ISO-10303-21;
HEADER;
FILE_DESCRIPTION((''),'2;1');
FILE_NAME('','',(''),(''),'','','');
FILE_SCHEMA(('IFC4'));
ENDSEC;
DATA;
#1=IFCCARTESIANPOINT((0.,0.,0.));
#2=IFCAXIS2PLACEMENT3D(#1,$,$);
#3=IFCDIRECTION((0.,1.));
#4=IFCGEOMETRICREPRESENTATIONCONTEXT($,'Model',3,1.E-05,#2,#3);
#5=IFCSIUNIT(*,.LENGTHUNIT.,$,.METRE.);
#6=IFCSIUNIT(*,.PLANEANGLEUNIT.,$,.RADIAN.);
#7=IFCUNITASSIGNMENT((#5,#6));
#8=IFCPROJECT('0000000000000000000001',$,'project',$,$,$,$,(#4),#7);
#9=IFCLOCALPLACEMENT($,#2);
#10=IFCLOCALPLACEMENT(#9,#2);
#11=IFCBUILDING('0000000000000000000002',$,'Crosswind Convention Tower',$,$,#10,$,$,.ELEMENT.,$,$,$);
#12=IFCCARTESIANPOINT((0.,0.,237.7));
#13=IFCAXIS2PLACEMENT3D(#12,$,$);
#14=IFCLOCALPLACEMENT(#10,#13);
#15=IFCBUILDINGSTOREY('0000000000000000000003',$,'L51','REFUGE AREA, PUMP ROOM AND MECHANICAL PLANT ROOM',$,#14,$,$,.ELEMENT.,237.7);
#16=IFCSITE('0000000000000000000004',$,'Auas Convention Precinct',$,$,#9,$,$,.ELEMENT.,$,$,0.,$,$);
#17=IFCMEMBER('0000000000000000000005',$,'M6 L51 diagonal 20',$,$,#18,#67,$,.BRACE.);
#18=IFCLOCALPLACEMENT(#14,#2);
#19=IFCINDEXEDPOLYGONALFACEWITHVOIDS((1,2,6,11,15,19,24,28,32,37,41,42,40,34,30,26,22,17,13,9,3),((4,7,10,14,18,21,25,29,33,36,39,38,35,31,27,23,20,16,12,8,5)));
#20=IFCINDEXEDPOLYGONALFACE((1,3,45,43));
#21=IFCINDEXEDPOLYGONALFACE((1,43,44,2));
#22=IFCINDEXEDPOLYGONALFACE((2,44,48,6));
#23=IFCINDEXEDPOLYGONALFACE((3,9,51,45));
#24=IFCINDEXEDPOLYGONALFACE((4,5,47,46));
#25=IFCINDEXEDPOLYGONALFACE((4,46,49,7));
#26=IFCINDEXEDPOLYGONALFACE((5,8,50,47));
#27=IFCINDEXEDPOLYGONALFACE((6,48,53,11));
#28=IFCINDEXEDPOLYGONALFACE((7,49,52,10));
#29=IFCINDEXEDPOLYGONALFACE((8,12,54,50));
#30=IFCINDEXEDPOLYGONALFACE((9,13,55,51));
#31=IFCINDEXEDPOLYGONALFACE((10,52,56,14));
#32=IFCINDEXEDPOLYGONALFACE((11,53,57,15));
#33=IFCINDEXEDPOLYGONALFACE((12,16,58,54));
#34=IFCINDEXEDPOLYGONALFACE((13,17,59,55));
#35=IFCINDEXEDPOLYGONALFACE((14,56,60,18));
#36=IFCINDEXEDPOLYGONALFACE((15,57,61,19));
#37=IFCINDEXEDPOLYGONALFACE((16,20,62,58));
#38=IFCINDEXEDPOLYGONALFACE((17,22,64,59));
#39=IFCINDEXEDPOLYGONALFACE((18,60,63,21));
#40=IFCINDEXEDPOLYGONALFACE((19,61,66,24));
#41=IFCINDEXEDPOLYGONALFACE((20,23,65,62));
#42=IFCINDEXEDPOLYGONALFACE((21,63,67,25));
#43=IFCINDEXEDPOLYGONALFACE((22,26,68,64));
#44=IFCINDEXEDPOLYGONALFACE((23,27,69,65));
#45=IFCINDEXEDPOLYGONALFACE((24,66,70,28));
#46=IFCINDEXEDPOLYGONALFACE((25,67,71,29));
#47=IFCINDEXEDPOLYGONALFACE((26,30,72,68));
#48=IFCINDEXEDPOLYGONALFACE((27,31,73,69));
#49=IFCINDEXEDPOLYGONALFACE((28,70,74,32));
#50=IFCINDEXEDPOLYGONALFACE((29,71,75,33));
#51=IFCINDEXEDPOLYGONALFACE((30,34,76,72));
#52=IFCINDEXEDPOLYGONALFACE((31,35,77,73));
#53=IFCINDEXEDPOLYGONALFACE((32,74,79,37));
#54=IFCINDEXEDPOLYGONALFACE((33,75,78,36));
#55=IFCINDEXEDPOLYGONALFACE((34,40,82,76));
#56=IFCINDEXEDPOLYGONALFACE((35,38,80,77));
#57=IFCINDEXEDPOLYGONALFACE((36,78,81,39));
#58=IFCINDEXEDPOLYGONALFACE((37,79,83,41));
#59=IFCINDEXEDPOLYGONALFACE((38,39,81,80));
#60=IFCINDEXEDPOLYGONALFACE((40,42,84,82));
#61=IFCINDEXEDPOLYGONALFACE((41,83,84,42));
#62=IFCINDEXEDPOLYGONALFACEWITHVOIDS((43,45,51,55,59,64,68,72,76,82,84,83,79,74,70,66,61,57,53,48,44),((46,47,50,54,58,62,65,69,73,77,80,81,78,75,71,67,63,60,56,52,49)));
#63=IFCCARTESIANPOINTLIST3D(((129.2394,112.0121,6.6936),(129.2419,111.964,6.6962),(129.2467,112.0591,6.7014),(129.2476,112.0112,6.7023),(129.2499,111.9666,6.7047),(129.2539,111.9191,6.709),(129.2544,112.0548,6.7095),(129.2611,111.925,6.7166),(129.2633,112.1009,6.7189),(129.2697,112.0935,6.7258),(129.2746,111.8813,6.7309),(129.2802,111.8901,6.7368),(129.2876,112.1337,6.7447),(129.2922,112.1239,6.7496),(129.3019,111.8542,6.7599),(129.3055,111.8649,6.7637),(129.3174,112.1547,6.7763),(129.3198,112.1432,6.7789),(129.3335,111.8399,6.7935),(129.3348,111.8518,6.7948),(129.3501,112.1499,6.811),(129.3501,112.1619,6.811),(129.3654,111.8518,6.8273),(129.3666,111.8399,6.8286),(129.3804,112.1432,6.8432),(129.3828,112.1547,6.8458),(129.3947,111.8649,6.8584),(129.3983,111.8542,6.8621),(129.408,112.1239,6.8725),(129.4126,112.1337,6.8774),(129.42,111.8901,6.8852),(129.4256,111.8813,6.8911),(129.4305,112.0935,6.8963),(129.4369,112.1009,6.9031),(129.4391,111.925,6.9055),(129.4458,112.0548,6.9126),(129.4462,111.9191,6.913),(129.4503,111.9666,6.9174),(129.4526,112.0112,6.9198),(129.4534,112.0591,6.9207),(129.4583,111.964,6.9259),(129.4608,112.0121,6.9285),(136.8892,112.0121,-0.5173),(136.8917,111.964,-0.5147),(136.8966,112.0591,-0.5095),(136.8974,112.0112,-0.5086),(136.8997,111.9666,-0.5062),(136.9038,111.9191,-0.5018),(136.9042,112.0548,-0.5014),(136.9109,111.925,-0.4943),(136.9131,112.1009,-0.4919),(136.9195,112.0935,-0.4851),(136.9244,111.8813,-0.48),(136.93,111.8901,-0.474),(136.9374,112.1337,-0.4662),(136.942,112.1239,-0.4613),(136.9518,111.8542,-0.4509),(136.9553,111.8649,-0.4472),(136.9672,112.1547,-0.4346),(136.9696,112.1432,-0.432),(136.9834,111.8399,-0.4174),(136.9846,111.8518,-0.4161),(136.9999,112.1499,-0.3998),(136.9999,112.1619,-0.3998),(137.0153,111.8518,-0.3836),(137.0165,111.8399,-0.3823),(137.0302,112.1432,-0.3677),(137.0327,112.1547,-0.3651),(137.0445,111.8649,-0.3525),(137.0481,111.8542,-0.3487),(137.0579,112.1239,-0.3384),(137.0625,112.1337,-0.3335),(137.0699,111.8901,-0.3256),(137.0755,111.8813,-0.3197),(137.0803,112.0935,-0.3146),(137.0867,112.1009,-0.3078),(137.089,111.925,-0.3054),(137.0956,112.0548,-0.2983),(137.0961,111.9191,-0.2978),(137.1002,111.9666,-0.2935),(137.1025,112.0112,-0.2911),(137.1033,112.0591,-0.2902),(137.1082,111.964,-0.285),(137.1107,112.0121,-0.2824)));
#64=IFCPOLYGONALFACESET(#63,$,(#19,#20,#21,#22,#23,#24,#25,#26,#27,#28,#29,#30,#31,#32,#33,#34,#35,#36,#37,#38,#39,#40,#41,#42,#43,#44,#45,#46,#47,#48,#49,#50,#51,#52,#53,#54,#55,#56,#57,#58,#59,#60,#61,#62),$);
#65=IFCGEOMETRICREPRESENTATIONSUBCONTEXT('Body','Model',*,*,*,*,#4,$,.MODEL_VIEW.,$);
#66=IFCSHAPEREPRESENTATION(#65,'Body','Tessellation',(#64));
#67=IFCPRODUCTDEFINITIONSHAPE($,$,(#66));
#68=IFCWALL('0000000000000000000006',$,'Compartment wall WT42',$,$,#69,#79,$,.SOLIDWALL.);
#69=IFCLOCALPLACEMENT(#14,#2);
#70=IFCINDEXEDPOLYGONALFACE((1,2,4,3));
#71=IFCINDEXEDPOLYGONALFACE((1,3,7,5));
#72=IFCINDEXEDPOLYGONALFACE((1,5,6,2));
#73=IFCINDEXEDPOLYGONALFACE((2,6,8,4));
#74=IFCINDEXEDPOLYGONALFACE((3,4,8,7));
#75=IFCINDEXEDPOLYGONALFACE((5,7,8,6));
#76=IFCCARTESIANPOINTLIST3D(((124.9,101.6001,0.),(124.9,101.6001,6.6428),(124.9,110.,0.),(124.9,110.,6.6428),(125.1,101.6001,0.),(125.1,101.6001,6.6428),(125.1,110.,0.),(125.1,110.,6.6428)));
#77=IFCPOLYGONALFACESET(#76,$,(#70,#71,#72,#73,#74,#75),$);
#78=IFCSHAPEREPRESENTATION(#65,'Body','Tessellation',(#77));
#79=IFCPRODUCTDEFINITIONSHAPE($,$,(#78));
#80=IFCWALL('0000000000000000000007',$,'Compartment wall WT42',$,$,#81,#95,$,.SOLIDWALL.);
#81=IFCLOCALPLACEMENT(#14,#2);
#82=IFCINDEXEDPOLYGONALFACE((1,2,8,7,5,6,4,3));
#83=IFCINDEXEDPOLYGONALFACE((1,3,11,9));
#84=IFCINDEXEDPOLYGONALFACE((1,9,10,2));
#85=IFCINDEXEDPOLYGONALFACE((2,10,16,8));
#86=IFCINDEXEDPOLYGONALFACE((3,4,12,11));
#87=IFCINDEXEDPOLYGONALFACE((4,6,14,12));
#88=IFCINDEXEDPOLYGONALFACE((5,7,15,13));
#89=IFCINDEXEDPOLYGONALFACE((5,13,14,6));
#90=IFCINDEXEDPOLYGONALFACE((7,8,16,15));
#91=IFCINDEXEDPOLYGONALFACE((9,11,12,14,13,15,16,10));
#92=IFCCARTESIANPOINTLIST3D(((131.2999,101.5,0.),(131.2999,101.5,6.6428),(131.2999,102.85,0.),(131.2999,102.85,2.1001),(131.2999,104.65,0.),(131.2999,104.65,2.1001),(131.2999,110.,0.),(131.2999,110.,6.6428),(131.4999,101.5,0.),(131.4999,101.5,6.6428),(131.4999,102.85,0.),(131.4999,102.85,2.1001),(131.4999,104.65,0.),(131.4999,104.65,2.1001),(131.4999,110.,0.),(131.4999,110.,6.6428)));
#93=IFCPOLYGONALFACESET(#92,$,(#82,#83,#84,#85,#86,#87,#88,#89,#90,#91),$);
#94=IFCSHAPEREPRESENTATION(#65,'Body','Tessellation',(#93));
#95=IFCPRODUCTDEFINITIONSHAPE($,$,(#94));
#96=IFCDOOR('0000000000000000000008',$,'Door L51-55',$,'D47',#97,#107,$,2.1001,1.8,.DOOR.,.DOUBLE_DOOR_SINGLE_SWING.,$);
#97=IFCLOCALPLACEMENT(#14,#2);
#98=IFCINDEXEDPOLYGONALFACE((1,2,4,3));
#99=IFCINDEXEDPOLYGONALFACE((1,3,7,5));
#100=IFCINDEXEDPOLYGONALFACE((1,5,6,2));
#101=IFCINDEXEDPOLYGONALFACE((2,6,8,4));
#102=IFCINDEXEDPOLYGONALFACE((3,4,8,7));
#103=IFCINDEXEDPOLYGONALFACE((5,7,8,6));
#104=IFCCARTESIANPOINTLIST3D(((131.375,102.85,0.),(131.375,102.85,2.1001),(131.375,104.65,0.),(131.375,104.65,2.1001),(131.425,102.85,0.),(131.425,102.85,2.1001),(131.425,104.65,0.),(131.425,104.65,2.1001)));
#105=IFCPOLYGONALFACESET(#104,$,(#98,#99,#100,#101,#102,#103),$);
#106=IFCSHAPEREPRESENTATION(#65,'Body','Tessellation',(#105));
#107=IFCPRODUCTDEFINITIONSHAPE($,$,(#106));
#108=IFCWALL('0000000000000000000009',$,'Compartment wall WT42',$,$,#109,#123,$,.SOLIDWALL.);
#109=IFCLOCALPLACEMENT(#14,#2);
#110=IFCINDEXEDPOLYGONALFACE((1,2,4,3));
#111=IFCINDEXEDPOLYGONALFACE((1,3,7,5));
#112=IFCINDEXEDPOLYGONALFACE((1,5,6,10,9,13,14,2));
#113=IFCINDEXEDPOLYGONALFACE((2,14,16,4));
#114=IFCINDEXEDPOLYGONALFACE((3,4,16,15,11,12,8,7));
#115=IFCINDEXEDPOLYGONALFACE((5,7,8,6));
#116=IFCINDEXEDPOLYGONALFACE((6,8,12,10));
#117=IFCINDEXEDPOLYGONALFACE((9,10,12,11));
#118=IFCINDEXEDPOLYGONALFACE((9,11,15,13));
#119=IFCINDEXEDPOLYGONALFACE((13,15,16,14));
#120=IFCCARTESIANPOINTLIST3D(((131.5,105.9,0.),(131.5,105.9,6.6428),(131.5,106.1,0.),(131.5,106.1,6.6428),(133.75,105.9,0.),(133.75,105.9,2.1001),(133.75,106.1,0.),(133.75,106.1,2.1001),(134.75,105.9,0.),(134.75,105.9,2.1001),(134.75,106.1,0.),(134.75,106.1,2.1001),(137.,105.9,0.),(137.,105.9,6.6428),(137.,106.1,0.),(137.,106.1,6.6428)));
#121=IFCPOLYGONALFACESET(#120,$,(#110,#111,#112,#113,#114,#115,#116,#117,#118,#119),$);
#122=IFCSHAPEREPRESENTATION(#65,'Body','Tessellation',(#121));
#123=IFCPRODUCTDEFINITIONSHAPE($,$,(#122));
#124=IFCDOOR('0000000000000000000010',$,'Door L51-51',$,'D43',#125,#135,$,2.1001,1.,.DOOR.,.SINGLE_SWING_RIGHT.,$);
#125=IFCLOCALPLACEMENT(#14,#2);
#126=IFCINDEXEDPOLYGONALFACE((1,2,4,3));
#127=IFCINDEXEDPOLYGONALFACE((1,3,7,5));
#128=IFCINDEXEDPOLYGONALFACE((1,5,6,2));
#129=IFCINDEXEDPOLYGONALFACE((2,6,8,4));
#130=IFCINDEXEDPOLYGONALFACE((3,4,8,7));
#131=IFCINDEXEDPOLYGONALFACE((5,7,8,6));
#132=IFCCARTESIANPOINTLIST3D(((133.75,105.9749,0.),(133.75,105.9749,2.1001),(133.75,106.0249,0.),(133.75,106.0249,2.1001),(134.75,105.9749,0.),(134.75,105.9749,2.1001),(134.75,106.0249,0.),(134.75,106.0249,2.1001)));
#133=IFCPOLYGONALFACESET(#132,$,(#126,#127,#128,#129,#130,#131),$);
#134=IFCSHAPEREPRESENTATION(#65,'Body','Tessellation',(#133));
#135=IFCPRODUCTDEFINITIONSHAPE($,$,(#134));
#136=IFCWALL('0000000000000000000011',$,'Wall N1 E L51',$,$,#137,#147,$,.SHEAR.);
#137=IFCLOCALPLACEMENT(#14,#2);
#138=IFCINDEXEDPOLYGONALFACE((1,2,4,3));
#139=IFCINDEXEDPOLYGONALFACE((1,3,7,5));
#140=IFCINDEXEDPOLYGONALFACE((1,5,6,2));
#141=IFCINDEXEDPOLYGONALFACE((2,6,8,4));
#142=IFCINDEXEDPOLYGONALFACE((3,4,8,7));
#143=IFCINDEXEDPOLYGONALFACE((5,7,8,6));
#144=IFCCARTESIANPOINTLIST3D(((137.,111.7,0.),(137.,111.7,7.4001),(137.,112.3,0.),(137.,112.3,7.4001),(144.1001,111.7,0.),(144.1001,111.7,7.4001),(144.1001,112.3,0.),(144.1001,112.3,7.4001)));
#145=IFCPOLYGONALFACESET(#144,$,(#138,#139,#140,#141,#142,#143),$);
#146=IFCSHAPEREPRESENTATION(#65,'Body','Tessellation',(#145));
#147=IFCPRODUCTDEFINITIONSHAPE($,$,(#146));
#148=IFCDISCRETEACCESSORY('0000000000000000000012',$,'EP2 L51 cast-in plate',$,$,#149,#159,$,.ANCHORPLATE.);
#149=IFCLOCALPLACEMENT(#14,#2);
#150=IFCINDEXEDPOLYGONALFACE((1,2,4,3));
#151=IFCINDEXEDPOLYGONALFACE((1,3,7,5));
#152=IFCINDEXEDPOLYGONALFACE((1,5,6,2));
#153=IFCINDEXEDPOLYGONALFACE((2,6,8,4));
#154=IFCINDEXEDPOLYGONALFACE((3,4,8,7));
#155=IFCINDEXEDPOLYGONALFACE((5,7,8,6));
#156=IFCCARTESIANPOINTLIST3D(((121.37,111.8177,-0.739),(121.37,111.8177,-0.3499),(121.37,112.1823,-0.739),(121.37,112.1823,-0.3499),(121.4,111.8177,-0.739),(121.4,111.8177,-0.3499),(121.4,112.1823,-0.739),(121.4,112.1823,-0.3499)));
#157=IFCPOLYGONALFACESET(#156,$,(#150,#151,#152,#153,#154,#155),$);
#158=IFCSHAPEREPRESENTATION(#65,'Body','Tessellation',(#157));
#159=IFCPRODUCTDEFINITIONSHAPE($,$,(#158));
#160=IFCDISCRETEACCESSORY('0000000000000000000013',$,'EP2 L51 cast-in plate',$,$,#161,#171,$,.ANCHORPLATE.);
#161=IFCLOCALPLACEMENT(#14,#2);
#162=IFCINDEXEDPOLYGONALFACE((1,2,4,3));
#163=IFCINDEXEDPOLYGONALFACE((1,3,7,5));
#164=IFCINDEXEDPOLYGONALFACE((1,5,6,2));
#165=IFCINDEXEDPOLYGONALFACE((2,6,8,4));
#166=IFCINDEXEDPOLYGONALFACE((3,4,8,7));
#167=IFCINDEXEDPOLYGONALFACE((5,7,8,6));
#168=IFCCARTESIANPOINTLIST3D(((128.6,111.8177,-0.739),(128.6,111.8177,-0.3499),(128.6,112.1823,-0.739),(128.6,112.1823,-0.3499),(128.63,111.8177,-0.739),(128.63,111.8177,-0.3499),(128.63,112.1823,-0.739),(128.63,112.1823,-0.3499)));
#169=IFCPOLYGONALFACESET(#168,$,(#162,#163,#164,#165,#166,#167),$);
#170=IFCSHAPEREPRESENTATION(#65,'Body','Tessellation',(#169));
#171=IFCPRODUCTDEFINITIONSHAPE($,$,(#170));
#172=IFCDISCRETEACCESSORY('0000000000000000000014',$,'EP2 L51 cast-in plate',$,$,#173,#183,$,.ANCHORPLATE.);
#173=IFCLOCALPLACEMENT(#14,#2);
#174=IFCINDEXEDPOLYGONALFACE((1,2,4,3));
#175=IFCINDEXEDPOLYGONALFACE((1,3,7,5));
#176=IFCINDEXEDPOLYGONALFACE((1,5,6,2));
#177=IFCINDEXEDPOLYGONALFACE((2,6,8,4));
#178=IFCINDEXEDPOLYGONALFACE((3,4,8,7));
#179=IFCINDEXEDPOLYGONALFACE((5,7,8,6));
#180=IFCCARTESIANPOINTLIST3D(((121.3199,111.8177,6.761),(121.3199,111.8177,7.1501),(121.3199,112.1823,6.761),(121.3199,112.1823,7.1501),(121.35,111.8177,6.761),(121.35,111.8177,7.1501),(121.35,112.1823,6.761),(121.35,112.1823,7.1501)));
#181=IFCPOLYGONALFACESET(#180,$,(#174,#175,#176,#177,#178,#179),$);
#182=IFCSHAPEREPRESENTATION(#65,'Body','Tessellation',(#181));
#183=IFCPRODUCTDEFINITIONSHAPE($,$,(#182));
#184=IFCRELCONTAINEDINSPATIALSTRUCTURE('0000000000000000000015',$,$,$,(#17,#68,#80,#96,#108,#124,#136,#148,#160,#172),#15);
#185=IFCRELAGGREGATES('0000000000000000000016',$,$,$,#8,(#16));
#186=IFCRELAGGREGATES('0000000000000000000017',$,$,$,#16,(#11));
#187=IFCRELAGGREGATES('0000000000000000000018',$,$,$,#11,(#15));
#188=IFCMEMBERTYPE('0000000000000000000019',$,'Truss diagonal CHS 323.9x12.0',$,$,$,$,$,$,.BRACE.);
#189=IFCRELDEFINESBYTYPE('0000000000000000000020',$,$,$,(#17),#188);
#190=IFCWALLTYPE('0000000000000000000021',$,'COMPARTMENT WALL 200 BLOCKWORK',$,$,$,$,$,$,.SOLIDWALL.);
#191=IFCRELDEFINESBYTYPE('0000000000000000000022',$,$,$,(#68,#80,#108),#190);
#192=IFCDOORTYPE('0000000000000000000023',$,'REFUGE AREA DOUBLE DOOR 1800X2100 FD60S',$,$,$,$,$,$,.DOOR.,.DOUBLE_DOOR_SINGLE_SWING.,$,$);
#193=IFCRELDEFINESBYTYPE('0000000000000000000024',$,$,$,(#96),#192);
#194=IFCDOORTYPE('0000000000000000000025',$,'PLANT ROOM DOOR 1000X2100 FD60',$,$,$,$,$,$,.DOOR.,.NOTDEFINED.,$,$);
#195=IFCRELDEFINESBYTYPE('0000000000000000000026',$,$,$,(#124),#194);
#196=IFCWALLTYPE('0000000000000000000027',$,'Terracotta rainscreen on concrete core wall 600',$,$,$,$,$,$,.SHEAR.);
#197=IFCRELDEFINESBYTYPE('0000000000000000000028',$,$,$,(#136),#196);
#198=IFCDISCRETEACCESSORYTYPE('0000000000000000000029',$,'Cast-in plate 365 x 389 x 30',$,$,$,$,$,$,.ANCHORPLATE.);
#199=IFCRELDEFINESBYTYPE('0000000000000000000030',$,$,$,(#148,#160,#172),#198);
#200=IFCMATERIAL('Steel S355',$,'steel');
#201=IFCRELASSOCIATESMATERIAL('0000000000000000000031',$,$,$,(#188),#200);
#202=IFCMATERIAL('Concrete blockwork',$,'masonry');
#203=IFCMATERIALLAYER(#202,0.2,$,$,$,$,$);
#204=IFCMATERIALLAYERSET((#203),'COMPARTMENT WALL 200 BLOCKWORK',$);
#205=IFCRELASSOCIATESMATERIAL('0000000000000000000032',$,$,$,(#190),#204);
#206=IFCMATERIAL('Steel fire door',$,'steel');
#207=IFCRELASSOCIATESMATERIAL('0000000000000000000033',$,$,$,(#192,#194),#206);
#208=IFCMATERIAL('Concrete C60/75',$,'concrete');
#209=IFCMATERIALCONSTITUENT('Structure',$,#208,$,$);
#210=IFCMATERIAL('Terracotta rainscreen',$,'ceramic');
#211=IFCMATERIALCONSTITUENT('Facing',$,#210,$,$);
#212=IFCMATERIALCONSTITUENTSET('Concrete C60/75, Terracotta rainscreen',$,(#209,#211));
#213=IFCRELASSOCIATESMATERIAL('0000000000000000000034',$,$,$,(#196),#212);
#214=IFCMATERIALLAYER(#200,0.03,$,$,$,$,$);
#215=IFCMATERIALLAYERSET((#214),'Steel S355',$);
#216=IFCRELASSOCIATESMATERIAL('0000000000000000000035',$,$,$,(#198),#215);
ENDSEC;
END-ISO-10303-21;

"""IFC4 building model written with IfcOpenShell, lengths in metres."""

from ifc_helpers import new_model, si_unit, direction, frame, frame_2d, origin, origin_2d, place, context, subcontext, project, spatial, rectangle, hollow_circle, extrude, material, layer, layer_set, constituent, constituent_set, material_profile, profile_set, type_object, element, fill, save


model = new_model("IFC4")

# Units and contexts
model_context = context("Model", 3, precision=1e-05, world=origin(), true_north=direction((0.0, 1.0)))
body_context = subcontext(model_context, "Body", "Model", "MODEL_VIEW")
ifc_project = project(units=[si_unit("LENGTHUNIT", "METRE"), si_unit("PLANEANGLEUNIT", "RADIAN")], contexts=[model_context])

# Site, building, storey
site_placement = place(None, origin())
site = spatial("IfcSite", under=ifc_project, at=site_placement, Name="Auas Convention Precinct", CompositionType="ELEMENT", RefElevation=0.0)
building_placement = place(site_placement, origin())
building = spatial("IfcBuilding", under=site, at=building_placement, Name="Crosswind Convention Tower", CompositionType="ELEMENT")
storey_placement = place(building_placement, frame((0.0, 0.0, 237.7)))
storey = spatial("IfcBuildingStorey", under=building, at=storey_placement, Name="L51", Description="REFUGE AREA, PUMP ROOM AND MECHANICAL PLANT ROOM", CompositionType="ELEMENT", Elevation=237.7)

# Shared definitions
ifc_material_1 = material(Name="Concrete C60/75", Category="concrete")

# Shared definitions
ifc_material_2 = material(Name="Steel S355", Category="steel")

# Member
ifc_material_profile_1 = material_profile(ifc_material_2, hollow_circle(Radius=0.1619, WallThickness=0.012, at=origin_2d()), Name="CHS 323.9x12.0")
ifc_profile_set_1 = profile_set([ifc_material_profile_1], Name="Steel S355")
member_type_1 = type_object("IfcMemberType", Name="Truss diagonal CHS 323.9x12.0", PredefinedType="BRACE", material=ifc_profile_set_1)
member_1_placement = place(storey_placement, frame((129.3501, 112.0, 6.811), z_axis=(0.727676, 0.0, -0.685921), x_axis=(0.0, 1.0, 0.0)))
element("IfcMember", 1, at=member_1_placement, inside=storey, type_object=member_type_1, Name="M6 L51 diagonal 20", PredefinedType="BRACE", context=body_context, shape_type="SweptSolid", body=[
    extrude(hollow_circle(Radius=0.1619, WallThickness=0.012, at=origin_2d()), origin(), (0.0, 0.0, 1.0), 10.5127),
])

# Wall
ifc_material_3 = material(Name="Concrete blockwork", Category="masonry")
ifc_layer_1 = layer(ifc_material_3, 0.2)
ifc_layer_set_1 = layer_set([ifc_layer_1], Name="COMPARTMENT WALL 200 BLOCKWORK")
wall_type_1 = type_object("IfcWallType", Name="COMPARTMENT WALL 200 BLOCKWORK", PredefinedType="SOLIDWALL", material=ifc_layer_set_1)
wall_1_placement = place(storey_placement, frame((125.0, 101.6001, 0.0), z_axis=(0.0, 0.0, 1.0), x_axis=(0.0, 1.0, 0.0)))
element("IfcWall", 2, at=wall_1_placement, inside=storey, type_object=wall_type_1, Name="Compartment wall WT42", PredefinedType="SOLIDWALL", context=body_context, shape_type="SweptSolid", body=[
    extrude(rectangle(XDim=8.3999, YDim=0.2, at=frame_2d((4.2, 0.0))), origin(), (0.0, 0.0, 1.0), 6.6428),
])

# Walls, openings, doors
wall_2_placement = place(storey_placement, frame((131.3999, 101.5, 0.0), z_axis=(0.0, 0.0, 1.0), x_axis=(0.0, 1.0, 0.0)))
wall_2 = element("IfcWall", 3, at=wall_2_placement, inside=storey, type_object=wall_type_1, Name="Compartment wall WT42", PredefinedType="SOLIDWALL", context=body_context, shape_type="SweptSolid", body=[
    extrude(rectangle(XDim=8.5, YDim=0.2, at=frame_2d((4.25, 0.0))), origin(), (0.0, 0.0, 1.0), 6.6428),
])
opening_1_placement = place(wall_2_placement, frame((1.3501, 0.0, 0.0)))
opening_1 = element("IfcOpeningElement", 4, at=opening_1_placement, cuts=wall_2, PredefinedType="OPENING", context=body_context, shape_type="SweptSolid", body=[
    extrude(rectangle(XDim=1.8, YDim=2.1001, at=frame_2d((0.8999, 1.05))), frame((0.0, 0.1099, 0.0), z_axis=(0.0, -1.0, 0.0), x_axis=(1.0, 0.0, 0.0)), (0.0, 0.0, 1.0), 0.22),
])
ifc_material_4 = material(Name="Steel fire door", Category="steel")
door_type_1 = type_object("IfcDoorType", Name="REFUGE AREA DOUBLE DOOR 1800X2100 FD60S", OperationType="DOUBLE_DOOR_SINGLE_SWING", PredefinedType="DOOR", material=ifc_material_4)
door_1_placement = place(opening_1_placement, origin())
door_1 = element("IfcDoor", 5, at=door_1_placement, inside=storey, type_object=door_type_1, Name="Door L51-55", ObjectType="D47", OperationType="DOUBLE_DOOR_SINGLE_SWING", OverallHeight=2.1001, OverallWidth=1.8, PredefinedType="DOOR", context=body_context, shape_type="SweptSolid", body=[
    extrude(rectangle(XDim=1.8, YDim=2.1001, at=frame_2d((0.8999, 1.05))), frame((0.0, 0.0249, 0.0), z_axis=(0.0, -1.0, 0.0), x_axis=(1.0, 0.0, 0.0)), (0.0, 0.0, 1.0), 0.05),
])
fill(opening_1, door_1)
wall_3_placement = place(storey_placement, frame((131.5, 106.0, 0.0), z_axis=(0.0, 0.0, 1.0), x_axis=(1.0, 0.0, 0.0)))
wall_3 = element("IfcWall", 6, at=wall_3_placement, inside=storey, type_object=wall_type_1, Name="Compartment wall WT42", PredefinedType="SOLIDWALL", context=body_context, shape_type="SweptSolid", body=[
    extrude(rectangle(XDim=5.5, YDim=0.2, at=frame_2d((2.75, 0.0))), origin(), (0.0, 0.0, 1.0), 6.6428),
])
opening_2_placement = place(wall_3_placement, frame((2.25, 0.0, 0.0)))
opening_2 = element("IfcOpeningElement", 7, at=opening_2_placement, cuts=wall_3, PredefinedType="OPENING", context=body_context, shape_type="SweptSolid", body=[
    extrude(rectangle(XDim=1.0, YDim=2.1001, at=frame_2d((0.5, 1.05))), frame((0.0, 0.1099, 0.0), z_axis=(0.0, -1.0, 0.0), x_axis=(1.0, 0.0, 0.0)), (0.0, 0.0, 1.0), 0.22),
])
door_type_2 = type_object("IfcDoorType", Name="PLANT ROOM DOOR 1000X2100 FD60", OperationType="NOTDEFINED", PredefinedType="DOOR", material=ifc_material_4)
door_2_placement = place(opening_2_placement, origin())
door_2 = element("IfcDoor", 8, at=door_2_placement, inside=storey, type_object=door_type_2, Name="Door L51-51", ObjectType="D43", OperationType="SINGLE_SWING_RIGHT", OverallHeight=2.1001, OverallWidth=1.0, PredefinedType="DOOR", context=body_context, shape_type="SweptSolid", body=[
    extrude(rectangle(XDim=1.0, YDim=2.1001, at=frame_2d((0.5, 1.05))), frame((0.0, 0.0249, 0.0), z_axis=(0.0, -1.0, 0.0), x_axis=(1.0, 0.0, 0.0)), (0.0, 0.0, 1.0), 0.05),
])
fill(opening_2, door_2)

# Wall
ifc_constituent_1 = constituent(ifc_material_1, Name="Structure")
ifc_material_5 = material(Name="Terracotta rainscreen", Category="ceramic")
ifc_constituent_2 = constituent(ifc_material_5, Name="Facing")
ifc_constituent_set = constituent_set(constituents=[ifc_constituent_1, ifc_constituent_2], Name="Concrete C60/75, Terracotta rainscreen")
wall_type_2 = type_object("IfcWallType", Name="Terracotta rainscreen on concrete core wall 600", PredefinedType="SHEAR", material=ifc_constituent_set)
wall_4_placement = place(storey_placement, frame((137.0, 112.0, 0.0), z_axis=(0.0, 0.0, 1.0), x_axis=(1.0, 0.0, 0.0)))
element("IfcWall", 9, at=wall_4_placement, inside=storey, type_object=wall_type_2, Name="Wall N1 E L51", PredefinedType="SHEAR", context=body_context, shape_type="SweptSolid", body=[
    extrude(rectangle(XDim=7.1001, YDim=0.6001, at=frame_2d((3.55, 0.0))), origin(), (0.0, 0.0, 1.0), 7.4001),
])

# Discrete accessories
ifc_layer_2 = layer(ifc_material_2, 0.03)
ifc_layer_set_2 = layer_set([ifc_layer_2], Name="Steel S355")
discrete_accessory_type_1 = type_object("IfcDiscreteAccessoryType", Name="Cast-in plate 365 x 389 x 30", PredefinedType="ANCHORPLATE", material=ifc_layer_set_2)
for number, where, z_axis, x_axis, name in (
    (10, (121.385, 112.0, -0.739), (0.0, 0.0, 1.0), (1.0, 0.0, 0.0), "EP2 L51 cast-in plate"),
    (11, (128.615, 112.0, -0.739), (0.0, 0.0, 1.0), (1.0, 0.0, 0.0), "EP2 L51 cast-in plate"),
    (12, (121.335, 112.0, 6.761), (0.0, 0.0, 1.0), (1.0, 0.0, 0.0), "EP2 L51 cast-in plate"),
):
    element("IfcDiscreteAccessory", number, at=place(storey_placement, frame(where, z_axis=z_axis, x_axis=x_axis)), inside=storey, type_object=discrete_accessory_type_1, Name=name, PredefinedType="ANCHORPLATE", context=body_context, shape_type="SweptSolid", body=[
        extrude(rectangle(XDim=0.03, YDim=0.3645, at=origin_2d()), origin(), (0.0, 0.0, 1.0), 0.3892),
    ])

save(model, "model.ifc")
